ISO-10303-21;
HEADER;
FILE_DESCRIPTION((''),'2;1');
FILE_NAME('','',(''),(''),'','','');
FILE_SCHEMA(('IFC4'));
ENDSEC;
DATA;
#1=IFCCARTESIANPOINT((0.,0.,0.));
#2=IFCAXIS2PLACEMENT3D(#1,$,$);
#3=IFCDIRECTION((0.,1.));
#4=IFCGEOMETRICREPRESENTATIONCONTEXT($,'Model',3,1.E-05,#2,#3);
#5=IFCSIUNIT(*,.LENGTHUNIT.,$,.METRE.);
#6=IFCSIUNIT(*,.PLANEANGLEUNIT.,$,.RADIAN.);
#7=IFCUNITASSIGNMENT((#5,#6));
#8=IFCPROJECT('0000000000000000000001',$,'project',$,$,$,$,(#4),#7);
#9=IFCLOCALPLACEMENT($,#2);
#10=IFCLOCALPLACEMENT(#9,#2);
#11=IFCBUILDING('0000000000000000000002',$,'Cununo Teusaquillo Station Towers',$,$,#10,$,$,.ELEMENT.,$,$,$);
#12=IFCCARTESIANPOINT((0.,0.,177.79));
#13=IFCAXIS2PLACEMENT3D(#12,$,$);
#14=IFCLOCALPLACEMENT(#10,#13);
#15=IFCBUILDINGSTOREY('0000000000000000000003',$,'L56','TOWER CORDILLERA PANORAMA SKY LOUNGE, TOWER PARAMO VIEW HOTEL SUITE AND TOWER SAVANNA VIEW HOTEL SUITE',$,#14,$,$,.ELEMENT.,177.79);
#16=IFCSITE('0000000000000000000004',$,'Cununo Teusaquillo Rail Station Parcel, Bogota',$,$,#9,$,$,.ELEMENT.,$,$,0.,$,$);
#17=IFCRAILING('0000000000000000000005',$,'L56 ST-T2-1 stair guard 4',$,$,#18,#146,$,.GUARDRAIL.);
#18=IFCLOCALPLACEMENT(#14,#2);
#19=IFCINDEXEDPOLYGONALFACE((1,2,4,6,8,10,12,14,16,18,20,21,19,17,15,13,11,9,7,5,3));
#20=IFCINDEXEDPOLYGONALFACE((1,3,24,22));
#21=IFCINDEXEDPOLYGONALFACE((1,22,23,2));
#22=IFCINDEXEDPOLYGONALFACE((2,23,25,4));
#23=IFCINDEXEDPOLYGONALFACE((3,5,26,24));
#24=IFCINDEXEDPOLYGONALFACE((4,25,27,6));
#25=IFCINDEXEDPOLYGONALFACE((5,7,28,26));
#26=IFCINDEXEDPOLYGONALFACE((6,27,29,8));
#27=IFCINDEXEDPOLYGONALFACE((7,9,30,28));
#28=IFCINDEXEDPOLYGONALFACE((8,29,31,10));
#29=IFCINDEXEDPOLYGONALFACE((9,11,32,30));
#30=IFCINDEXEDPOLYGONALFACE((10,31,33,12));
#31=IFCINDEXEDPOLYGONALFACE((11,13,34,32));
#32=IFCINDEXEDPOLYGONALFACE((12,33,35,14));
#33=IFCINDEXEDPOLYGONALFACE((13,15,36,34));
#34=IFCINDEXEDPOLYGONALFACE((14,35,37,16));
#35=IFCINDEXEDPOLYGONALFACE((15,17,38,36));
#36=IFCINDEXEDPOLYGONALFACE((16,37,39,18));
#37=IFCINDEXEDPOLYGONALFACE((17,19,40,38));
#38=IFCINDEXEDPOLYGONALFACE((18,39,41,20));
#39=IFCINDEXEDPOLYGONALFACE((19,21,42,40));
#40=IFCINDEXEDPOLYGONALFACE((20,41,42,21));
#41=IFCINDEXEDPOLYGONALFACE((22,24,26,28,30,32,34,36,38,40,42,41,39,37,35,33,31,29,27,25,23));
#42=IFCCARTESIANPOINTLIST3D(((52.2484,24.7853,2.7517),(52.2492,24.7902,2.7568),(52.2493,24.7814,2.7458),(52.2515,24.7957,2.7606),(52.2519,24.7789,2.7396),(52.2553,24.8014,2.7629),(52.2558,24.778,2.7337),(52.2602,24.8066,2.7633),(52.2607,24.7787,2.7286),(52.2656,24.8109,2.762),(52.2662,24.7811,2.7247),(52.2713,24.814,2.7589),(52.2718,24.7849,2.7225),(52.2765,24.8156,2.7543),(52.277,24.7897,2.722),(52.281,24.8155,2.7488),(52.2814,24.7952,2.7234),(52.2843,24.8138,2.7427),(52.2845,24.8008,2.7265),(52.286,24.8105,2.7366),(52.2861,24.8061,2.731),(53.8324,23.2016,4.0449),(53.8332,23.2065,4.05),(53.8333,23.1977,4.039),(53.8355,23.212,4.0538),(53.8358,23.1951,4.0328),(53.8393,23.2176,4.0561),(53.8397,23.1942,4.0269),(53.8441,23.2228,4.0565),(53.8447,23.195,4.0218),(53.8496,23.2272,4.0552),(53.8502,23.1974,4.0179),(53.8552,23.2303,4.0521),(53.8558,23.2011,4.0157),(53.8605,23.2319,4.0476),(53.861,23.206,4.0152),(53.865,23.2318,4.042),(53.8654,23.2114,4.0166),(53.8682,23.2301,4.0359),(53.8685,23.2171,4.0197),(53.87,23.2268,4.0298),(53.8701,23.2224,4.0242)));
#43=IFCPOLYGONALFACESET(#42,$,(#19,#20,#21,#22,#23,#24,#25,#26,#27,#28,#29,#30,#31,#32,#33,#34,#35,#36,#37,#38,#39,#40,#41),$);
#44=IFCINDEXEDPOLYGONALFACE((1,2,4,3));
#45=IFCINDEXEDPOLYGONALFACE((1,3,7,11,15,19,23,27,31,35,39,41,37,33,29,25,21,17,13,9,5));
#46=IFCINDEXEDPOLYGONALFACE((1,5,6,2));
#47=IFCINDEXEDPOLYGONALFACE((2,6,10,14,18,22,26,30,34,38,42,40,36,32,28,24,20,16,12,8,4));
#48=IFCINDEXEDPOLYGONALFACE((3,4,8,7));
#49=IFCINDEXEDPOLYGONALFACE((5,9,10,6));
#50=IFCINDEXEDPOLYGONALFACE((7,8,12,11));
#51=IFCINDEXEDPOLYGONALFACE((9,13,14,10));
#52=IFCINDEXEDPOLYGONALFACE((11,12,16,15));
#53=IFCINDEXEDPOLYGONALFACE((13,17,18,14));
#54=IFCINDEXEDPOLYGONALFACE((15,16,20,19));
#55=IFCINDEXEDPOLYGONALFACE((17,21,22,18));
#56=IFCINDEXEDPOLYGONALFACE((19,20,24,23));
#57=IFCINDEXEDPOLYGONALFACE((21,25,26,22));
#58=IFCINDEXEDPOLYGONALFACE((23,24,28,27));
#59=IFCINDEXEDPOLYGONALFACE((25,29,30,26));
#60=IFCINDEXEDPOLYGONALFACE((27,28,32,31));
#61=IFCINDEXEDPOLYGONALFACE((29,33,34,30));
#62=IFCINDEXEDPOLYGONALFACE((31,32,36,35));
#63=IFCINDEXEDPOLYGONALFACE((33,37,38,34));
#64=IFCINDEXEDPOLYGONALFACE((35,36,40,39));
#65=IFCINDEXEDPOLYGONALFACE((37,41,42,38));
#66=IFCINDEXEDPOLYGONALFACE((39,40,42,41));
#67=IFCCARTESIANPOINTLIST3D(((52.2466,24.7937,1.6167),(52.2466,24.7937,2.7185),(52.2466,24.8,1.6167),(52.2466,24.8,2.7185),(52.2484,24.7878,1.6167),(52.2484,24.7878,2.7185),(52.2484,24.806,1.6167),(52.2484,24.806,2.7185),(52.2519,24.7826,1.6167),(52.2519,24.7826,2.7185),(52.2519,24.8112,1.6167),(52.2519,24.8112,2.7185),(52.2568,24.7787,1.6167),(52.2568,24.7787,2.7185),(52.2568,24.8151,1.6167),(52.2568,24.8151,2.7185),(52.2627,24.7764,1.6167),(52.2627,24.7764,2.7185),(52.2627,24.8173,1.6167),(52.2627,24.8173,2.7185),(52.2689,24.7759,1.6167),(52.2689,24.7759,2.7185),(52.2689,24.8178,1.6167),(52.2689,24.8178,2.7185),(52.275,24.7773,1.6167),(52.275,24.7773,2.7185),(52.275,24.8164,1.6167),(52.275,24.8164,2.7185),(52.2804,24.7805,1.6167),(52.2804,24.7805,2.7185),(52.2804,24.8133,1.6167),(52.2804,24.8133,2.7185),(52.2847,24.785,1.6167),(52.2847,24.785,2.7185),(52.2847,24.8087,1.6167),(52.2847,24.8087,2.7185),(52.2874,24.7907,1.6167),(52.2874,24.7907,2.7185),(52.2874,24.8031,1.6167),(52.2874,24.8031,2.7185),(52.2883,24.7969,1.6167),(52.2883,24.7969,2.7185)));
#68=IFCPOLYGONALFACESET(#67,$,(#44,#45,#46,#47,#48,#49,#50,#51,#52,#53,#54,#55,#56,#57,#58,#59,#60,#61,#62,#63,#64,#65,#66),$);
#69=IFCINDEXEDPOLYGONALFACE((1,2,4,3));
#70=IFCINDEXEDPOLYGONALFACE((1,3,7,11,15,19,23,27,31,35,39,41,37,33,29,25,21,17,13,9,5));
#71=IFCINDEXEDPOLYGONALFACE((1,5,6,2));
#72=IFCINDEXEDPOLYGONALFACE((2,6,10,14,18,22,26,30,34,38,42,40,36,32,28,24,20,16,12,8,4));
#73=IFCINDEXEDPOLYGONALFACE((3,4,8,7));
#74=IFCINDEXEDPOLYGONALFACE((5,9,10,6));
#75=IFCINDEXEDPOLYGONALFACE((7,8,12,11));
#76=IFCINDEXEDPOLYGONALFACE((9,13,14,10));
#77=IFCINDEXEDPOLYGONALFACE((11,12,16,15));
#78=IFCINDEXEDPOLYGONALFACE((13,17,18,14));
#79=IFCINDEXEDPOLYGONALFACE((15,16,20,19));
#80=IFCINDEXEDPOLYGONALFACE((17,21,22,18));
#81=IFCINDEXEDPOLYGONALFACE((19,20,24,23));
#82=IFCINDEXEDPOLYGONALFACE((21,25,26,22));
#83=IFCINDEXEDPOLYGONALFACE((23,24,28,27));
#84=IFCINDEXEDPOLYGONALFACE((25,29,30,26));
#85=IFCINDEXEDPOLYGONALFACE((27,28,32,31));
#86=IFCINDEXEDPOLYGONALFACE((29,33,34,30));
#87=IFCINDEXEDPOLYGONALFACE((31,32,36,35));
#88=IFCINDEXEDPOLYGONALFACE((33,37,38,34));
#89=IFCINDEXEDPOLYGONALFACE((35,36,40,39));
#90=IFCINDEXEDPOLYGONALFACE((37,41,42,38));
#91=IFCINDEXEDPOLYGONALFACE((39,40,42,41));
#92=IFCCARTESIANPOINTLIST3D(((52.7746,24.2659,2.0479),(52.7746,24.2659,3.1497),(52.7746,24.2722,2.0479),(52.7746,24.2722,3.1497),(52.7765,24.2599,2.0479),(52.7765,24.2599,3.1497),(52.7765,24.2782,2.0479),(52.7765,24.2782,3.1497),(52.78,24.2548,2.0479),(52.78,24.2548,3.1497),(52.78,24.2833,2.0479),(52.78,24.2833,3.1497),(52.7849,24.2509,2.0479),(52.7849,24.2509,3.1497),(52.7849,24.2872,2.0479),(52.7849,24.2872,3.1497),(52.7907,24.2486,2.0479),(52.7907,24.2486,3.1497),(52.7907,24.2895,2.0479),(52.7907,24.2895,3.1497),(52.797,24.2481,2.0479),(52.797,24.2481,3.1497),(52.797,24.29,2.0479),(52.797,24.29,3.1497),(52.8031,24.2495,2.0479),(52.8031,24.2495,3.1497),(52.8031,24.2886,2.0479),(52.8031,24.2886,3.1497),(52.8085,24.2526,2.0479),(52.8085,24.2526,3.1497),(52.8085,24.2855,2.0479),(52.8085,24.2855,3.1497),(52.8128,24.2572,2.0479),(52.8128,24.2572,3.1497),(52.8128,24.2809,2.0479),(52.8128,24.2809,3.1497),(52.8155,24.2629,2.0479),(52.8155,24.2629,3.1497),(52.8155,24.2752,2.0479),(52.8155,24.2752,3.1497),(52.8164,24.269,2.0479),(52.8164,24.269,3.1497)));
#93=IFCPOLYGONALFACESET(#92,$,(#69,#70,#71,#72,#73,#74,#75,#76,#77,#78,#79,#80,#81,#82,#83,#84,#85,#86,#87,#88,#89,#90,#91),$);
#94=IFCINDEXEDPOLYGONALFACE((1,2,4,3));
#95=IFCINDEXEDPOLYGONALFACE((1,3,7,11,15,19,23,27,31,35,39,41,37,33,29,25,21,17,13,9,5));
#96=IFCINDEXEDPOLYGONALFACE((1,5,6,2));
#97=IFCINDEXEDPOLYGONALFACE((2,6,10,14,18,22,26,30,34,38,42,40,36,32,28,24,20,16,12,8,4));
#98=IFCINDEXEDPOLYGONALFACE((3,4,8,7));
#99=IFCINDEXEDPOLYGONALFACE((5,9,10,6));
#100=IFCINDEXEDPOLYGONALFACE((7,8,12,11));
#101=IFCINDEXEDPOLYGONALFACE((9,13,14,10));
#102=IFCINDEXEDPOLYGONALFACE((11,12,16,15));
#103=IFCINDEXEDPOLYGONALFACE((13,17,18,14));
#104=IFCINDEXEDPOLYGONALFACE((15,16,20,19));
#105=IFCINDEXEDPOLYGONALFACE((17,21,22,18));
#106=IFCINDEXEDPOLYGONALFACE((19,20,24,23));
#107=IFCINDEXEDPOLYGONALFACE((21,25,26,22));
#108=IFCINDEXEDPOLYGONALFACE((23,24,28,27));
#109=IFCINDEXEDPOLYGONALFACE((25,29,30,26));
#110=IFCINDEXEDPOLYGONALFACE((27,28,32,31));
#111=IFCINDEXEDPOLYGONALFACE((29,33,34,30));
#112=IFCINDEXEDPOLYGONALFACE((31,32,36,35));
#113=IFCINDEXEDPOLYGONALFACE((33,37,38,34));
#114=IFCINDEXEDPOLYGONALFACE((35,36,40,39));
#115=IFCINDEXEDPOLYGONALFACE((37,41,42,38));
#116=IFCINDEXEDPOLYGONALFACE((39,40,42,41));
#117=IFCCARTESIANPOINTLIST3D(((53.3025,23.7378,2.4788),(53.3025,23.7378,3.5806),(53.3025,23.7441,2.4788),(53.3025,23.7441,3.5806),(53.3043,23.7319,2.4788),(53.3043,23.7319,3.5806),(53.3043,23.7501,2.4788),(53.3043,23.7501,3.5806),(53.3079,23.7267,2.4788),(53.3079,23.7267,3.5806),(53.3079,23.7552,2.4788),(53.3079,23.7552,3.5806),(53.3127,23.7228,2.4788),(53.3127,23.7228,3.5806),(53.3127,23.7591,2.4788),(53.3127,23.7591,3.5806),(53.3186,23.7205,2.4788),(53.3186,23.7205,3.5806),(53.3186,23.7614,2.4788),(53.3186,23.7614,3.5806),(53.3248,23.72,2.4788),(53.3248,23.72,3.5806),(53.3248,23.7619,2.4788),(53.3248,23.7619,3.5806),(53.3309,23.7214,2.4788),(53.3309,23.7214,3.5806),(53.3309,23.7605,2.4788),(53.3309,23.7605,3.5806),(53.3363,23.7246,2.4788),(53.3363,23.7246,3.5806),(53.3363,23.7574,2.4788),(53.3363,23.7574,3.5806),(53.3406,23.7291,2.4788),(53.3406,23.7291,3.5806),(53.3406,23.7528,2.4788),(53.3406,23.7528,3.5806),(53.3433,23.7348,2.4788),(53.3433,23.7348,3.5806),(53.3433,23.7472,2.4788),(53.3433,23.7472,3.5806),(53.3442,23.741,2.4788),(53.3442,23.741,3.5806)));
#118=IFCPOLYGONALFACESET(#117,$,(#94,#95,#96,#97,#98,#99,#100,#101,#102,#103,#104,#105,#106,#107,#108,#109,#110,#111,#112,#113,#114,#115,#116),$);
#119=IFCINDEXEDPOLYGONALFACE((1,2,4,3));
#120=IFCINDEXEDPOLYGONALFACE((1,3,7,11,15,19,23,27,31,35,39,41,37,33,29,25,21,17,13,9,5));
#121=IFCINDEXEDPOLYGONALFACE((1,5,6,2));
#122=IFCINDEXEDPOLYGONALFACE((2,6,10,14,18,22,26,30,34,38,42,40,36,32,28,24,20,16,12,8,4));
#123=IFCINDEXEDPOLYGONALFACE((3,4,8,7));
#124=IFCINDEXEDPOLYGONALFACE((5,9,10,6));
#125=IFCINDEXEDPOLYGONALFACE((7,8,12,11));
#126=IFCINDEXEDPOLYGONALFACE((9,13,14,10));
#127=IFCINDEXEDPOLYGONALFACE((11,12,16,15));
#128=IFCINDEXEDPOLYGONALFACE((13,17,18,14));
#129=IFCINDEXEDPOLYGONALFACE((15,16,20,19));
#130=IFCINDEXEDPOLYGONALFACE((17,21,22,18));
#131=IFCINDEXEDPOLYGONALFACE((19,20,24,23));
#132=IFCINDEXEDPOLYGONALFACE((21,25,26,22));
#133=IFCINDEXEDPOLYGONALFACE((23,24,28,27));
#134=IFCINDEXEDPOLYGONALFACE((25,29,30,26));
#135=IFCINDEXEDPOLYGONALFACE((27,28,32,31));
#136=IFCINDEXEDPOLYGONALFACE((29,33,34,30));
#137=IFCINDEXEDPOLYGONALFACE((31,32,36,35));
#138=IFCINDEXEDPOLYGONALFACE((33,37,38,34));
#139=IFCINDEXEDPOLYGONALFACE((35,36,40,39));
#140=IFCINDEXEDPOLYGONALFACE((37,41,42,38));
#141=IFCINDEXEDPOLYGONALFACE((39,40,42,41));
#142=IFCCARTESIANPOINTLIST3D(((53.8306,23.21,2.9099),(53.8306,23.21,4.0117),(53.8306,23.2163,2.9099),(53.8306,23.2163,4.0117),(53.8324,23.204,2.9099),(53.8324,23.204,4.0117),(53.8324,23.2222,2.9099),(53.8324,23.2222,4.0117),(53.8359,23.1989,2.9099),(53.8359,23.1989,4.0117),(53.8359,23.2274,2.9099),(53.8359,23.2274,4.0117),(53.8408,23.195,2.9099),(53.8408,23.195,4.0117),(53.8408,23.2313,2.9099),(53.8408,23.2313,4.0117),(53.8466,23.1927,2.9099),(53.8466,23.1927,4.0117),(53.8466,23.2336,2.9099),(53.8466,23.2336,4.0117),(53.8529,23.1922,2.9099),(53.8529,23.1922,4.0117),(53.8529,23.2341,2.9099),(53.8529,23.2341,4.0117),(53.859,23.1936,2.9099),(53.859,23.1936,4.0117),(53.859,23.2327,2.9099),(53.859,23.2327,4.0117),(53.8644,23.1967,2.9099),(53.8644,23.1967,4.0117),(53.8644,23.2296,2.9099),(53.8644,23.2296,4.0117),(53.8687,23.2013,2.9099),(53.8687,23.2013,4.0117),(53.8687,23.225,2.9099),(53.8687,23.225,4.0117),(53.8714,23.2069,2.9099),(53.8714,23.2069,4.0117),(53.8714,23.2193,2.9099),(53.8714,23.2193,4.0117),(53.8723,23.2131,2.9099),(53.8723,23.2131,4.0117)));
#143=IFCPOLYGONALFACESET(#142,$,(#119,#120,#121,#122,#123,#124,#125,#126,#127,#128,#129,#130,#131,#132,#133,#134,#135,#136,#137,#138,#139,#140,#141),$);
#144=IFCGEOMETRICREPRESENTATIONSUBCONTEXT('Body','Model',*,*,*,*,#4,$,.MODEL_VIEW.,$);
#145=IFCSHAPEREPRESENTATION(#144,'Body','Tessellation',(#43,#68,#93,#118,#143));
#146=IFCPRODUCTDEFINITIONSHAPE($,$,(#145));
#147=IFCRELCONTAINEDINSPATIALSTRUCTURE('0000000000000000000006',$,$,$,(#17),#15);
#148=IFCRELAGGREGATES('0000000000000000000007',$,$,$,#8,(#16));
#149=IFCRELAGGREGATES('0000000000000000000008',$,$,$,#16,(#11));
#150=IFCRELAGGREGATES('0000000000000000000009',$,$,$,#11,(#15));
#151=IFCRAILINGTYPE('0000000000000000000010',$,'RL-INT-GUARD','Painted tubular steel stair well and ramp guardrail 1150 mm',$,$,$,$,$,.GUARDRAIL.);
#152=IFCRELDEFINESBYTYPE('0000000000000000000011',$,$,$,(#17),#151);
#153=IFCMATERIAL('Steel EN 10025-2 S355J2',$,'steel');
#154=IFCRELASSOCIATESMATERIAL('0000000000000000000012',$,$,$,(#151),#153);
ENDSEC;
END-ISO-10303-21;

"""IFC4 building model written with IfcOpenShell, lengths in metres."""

from ifc_helpers import new_model, si_unit, direction, frame, origin, origin_2d, place, context, subcontext, project, spatial, circle, extrude, material, type_object, element, save


model = new_model("IFC4")

# Units and contexts
model_context = context("Model", 3, precision=1e-05, world=origin(), true_north=direction((0.0, 1.0)))
body_context = subcontext(model_context, "Body", "Model", "MODEL_VIEW")
ifc_project = project(units=[si_unit("LENGTHUNIT", "METRE"), si_unit("PLANEANGLEUNIT", "RADIAN")], contexts=[model_context])

# Site, building, storey
site_placement = place(None, origin())
site = spatial("IfcSite", under=ifc_project, at=site_placement, Name="Cununo Teusaquillo Rail Station Parcel, Bogota", CompositionType="ELEMENT", RefElevation=0.0)
building_placement = place(site_placement, origin())
building = spatial("IfcBuilding", under=site, at=building_placement, Name="Cununo Teusaquillo Station Towers", CompositionType="ELEMENT")
storey_placement = place(building_placement, frame((0.0, 0.0, 177.79)))
storey = spatial("IfcBuildingStorey", under=building, at=storey_placement, Name="L56", Description="TOWER CORDILLERA PANORAMA SKY LOUNGE, TOWER PARAMO VIEW HOTEL SUITE AND TOWER SAVANNA VIEW HOTEL SUITE", CompositionType="ELEMENT", Elevation=177.79)

# Railing
ifc_material_1 = material(Name="Steel EN 10025-2 S355J2", Category="steel")
railing_type_1 = type_object("IfcRailingType", Name="RL-INT-GUARD", Description="Painted tubular steel stair well and ramp guardrail 1150 mm", PredefinedType="GUARDRAIL", material=ifc_material_1)
railing_1_placement = place(storey_placement, frame((52.2673, 24.7969, 1.6167)))
element("IfcRailing", 1, at=railing_1_placement, inside=storey, type_object=railing_type_1, Name="L56 ST-T2-1 stair guard 4", PredefinedType="GUARDRAIL", context=body_context, shape_type="SweptSolid", body=[
    extrude(circle(Radius=0.0239, at=origin_2d()), frame((0.0, 0.0, 1.126), z_axis=(0.61242, -0.612326, 0.499998), x_axis=(0.707052, 0.707161, 0.0)), (0.0, 0.0, 1.0), 2.5864),
    extrude(circle(Radius=0.021, at=origin_2d()), origin(), (0.0, 0.0, 1.0), 1.1018),
    extrude(circle(Radius=0.021, at=origin_2d()), frame((0.5281, -0.5278, 0.4312)), (0.0, 0.0, 1.0), 1.1018),
    extrude(circle(Radius=0.021, at=origin_2d()), frame((1.0559, -1.0559, 0.8621)), (0.0, 0.0, 1.0), 1.1018),
    extrude(circle(Radius=0.021, at=origin_2d()), frame((1.584, -1.5837, 1.2932)), (0.0, 0.0, 1.0), 1.1018),
])

save(model, "model.ifc")
